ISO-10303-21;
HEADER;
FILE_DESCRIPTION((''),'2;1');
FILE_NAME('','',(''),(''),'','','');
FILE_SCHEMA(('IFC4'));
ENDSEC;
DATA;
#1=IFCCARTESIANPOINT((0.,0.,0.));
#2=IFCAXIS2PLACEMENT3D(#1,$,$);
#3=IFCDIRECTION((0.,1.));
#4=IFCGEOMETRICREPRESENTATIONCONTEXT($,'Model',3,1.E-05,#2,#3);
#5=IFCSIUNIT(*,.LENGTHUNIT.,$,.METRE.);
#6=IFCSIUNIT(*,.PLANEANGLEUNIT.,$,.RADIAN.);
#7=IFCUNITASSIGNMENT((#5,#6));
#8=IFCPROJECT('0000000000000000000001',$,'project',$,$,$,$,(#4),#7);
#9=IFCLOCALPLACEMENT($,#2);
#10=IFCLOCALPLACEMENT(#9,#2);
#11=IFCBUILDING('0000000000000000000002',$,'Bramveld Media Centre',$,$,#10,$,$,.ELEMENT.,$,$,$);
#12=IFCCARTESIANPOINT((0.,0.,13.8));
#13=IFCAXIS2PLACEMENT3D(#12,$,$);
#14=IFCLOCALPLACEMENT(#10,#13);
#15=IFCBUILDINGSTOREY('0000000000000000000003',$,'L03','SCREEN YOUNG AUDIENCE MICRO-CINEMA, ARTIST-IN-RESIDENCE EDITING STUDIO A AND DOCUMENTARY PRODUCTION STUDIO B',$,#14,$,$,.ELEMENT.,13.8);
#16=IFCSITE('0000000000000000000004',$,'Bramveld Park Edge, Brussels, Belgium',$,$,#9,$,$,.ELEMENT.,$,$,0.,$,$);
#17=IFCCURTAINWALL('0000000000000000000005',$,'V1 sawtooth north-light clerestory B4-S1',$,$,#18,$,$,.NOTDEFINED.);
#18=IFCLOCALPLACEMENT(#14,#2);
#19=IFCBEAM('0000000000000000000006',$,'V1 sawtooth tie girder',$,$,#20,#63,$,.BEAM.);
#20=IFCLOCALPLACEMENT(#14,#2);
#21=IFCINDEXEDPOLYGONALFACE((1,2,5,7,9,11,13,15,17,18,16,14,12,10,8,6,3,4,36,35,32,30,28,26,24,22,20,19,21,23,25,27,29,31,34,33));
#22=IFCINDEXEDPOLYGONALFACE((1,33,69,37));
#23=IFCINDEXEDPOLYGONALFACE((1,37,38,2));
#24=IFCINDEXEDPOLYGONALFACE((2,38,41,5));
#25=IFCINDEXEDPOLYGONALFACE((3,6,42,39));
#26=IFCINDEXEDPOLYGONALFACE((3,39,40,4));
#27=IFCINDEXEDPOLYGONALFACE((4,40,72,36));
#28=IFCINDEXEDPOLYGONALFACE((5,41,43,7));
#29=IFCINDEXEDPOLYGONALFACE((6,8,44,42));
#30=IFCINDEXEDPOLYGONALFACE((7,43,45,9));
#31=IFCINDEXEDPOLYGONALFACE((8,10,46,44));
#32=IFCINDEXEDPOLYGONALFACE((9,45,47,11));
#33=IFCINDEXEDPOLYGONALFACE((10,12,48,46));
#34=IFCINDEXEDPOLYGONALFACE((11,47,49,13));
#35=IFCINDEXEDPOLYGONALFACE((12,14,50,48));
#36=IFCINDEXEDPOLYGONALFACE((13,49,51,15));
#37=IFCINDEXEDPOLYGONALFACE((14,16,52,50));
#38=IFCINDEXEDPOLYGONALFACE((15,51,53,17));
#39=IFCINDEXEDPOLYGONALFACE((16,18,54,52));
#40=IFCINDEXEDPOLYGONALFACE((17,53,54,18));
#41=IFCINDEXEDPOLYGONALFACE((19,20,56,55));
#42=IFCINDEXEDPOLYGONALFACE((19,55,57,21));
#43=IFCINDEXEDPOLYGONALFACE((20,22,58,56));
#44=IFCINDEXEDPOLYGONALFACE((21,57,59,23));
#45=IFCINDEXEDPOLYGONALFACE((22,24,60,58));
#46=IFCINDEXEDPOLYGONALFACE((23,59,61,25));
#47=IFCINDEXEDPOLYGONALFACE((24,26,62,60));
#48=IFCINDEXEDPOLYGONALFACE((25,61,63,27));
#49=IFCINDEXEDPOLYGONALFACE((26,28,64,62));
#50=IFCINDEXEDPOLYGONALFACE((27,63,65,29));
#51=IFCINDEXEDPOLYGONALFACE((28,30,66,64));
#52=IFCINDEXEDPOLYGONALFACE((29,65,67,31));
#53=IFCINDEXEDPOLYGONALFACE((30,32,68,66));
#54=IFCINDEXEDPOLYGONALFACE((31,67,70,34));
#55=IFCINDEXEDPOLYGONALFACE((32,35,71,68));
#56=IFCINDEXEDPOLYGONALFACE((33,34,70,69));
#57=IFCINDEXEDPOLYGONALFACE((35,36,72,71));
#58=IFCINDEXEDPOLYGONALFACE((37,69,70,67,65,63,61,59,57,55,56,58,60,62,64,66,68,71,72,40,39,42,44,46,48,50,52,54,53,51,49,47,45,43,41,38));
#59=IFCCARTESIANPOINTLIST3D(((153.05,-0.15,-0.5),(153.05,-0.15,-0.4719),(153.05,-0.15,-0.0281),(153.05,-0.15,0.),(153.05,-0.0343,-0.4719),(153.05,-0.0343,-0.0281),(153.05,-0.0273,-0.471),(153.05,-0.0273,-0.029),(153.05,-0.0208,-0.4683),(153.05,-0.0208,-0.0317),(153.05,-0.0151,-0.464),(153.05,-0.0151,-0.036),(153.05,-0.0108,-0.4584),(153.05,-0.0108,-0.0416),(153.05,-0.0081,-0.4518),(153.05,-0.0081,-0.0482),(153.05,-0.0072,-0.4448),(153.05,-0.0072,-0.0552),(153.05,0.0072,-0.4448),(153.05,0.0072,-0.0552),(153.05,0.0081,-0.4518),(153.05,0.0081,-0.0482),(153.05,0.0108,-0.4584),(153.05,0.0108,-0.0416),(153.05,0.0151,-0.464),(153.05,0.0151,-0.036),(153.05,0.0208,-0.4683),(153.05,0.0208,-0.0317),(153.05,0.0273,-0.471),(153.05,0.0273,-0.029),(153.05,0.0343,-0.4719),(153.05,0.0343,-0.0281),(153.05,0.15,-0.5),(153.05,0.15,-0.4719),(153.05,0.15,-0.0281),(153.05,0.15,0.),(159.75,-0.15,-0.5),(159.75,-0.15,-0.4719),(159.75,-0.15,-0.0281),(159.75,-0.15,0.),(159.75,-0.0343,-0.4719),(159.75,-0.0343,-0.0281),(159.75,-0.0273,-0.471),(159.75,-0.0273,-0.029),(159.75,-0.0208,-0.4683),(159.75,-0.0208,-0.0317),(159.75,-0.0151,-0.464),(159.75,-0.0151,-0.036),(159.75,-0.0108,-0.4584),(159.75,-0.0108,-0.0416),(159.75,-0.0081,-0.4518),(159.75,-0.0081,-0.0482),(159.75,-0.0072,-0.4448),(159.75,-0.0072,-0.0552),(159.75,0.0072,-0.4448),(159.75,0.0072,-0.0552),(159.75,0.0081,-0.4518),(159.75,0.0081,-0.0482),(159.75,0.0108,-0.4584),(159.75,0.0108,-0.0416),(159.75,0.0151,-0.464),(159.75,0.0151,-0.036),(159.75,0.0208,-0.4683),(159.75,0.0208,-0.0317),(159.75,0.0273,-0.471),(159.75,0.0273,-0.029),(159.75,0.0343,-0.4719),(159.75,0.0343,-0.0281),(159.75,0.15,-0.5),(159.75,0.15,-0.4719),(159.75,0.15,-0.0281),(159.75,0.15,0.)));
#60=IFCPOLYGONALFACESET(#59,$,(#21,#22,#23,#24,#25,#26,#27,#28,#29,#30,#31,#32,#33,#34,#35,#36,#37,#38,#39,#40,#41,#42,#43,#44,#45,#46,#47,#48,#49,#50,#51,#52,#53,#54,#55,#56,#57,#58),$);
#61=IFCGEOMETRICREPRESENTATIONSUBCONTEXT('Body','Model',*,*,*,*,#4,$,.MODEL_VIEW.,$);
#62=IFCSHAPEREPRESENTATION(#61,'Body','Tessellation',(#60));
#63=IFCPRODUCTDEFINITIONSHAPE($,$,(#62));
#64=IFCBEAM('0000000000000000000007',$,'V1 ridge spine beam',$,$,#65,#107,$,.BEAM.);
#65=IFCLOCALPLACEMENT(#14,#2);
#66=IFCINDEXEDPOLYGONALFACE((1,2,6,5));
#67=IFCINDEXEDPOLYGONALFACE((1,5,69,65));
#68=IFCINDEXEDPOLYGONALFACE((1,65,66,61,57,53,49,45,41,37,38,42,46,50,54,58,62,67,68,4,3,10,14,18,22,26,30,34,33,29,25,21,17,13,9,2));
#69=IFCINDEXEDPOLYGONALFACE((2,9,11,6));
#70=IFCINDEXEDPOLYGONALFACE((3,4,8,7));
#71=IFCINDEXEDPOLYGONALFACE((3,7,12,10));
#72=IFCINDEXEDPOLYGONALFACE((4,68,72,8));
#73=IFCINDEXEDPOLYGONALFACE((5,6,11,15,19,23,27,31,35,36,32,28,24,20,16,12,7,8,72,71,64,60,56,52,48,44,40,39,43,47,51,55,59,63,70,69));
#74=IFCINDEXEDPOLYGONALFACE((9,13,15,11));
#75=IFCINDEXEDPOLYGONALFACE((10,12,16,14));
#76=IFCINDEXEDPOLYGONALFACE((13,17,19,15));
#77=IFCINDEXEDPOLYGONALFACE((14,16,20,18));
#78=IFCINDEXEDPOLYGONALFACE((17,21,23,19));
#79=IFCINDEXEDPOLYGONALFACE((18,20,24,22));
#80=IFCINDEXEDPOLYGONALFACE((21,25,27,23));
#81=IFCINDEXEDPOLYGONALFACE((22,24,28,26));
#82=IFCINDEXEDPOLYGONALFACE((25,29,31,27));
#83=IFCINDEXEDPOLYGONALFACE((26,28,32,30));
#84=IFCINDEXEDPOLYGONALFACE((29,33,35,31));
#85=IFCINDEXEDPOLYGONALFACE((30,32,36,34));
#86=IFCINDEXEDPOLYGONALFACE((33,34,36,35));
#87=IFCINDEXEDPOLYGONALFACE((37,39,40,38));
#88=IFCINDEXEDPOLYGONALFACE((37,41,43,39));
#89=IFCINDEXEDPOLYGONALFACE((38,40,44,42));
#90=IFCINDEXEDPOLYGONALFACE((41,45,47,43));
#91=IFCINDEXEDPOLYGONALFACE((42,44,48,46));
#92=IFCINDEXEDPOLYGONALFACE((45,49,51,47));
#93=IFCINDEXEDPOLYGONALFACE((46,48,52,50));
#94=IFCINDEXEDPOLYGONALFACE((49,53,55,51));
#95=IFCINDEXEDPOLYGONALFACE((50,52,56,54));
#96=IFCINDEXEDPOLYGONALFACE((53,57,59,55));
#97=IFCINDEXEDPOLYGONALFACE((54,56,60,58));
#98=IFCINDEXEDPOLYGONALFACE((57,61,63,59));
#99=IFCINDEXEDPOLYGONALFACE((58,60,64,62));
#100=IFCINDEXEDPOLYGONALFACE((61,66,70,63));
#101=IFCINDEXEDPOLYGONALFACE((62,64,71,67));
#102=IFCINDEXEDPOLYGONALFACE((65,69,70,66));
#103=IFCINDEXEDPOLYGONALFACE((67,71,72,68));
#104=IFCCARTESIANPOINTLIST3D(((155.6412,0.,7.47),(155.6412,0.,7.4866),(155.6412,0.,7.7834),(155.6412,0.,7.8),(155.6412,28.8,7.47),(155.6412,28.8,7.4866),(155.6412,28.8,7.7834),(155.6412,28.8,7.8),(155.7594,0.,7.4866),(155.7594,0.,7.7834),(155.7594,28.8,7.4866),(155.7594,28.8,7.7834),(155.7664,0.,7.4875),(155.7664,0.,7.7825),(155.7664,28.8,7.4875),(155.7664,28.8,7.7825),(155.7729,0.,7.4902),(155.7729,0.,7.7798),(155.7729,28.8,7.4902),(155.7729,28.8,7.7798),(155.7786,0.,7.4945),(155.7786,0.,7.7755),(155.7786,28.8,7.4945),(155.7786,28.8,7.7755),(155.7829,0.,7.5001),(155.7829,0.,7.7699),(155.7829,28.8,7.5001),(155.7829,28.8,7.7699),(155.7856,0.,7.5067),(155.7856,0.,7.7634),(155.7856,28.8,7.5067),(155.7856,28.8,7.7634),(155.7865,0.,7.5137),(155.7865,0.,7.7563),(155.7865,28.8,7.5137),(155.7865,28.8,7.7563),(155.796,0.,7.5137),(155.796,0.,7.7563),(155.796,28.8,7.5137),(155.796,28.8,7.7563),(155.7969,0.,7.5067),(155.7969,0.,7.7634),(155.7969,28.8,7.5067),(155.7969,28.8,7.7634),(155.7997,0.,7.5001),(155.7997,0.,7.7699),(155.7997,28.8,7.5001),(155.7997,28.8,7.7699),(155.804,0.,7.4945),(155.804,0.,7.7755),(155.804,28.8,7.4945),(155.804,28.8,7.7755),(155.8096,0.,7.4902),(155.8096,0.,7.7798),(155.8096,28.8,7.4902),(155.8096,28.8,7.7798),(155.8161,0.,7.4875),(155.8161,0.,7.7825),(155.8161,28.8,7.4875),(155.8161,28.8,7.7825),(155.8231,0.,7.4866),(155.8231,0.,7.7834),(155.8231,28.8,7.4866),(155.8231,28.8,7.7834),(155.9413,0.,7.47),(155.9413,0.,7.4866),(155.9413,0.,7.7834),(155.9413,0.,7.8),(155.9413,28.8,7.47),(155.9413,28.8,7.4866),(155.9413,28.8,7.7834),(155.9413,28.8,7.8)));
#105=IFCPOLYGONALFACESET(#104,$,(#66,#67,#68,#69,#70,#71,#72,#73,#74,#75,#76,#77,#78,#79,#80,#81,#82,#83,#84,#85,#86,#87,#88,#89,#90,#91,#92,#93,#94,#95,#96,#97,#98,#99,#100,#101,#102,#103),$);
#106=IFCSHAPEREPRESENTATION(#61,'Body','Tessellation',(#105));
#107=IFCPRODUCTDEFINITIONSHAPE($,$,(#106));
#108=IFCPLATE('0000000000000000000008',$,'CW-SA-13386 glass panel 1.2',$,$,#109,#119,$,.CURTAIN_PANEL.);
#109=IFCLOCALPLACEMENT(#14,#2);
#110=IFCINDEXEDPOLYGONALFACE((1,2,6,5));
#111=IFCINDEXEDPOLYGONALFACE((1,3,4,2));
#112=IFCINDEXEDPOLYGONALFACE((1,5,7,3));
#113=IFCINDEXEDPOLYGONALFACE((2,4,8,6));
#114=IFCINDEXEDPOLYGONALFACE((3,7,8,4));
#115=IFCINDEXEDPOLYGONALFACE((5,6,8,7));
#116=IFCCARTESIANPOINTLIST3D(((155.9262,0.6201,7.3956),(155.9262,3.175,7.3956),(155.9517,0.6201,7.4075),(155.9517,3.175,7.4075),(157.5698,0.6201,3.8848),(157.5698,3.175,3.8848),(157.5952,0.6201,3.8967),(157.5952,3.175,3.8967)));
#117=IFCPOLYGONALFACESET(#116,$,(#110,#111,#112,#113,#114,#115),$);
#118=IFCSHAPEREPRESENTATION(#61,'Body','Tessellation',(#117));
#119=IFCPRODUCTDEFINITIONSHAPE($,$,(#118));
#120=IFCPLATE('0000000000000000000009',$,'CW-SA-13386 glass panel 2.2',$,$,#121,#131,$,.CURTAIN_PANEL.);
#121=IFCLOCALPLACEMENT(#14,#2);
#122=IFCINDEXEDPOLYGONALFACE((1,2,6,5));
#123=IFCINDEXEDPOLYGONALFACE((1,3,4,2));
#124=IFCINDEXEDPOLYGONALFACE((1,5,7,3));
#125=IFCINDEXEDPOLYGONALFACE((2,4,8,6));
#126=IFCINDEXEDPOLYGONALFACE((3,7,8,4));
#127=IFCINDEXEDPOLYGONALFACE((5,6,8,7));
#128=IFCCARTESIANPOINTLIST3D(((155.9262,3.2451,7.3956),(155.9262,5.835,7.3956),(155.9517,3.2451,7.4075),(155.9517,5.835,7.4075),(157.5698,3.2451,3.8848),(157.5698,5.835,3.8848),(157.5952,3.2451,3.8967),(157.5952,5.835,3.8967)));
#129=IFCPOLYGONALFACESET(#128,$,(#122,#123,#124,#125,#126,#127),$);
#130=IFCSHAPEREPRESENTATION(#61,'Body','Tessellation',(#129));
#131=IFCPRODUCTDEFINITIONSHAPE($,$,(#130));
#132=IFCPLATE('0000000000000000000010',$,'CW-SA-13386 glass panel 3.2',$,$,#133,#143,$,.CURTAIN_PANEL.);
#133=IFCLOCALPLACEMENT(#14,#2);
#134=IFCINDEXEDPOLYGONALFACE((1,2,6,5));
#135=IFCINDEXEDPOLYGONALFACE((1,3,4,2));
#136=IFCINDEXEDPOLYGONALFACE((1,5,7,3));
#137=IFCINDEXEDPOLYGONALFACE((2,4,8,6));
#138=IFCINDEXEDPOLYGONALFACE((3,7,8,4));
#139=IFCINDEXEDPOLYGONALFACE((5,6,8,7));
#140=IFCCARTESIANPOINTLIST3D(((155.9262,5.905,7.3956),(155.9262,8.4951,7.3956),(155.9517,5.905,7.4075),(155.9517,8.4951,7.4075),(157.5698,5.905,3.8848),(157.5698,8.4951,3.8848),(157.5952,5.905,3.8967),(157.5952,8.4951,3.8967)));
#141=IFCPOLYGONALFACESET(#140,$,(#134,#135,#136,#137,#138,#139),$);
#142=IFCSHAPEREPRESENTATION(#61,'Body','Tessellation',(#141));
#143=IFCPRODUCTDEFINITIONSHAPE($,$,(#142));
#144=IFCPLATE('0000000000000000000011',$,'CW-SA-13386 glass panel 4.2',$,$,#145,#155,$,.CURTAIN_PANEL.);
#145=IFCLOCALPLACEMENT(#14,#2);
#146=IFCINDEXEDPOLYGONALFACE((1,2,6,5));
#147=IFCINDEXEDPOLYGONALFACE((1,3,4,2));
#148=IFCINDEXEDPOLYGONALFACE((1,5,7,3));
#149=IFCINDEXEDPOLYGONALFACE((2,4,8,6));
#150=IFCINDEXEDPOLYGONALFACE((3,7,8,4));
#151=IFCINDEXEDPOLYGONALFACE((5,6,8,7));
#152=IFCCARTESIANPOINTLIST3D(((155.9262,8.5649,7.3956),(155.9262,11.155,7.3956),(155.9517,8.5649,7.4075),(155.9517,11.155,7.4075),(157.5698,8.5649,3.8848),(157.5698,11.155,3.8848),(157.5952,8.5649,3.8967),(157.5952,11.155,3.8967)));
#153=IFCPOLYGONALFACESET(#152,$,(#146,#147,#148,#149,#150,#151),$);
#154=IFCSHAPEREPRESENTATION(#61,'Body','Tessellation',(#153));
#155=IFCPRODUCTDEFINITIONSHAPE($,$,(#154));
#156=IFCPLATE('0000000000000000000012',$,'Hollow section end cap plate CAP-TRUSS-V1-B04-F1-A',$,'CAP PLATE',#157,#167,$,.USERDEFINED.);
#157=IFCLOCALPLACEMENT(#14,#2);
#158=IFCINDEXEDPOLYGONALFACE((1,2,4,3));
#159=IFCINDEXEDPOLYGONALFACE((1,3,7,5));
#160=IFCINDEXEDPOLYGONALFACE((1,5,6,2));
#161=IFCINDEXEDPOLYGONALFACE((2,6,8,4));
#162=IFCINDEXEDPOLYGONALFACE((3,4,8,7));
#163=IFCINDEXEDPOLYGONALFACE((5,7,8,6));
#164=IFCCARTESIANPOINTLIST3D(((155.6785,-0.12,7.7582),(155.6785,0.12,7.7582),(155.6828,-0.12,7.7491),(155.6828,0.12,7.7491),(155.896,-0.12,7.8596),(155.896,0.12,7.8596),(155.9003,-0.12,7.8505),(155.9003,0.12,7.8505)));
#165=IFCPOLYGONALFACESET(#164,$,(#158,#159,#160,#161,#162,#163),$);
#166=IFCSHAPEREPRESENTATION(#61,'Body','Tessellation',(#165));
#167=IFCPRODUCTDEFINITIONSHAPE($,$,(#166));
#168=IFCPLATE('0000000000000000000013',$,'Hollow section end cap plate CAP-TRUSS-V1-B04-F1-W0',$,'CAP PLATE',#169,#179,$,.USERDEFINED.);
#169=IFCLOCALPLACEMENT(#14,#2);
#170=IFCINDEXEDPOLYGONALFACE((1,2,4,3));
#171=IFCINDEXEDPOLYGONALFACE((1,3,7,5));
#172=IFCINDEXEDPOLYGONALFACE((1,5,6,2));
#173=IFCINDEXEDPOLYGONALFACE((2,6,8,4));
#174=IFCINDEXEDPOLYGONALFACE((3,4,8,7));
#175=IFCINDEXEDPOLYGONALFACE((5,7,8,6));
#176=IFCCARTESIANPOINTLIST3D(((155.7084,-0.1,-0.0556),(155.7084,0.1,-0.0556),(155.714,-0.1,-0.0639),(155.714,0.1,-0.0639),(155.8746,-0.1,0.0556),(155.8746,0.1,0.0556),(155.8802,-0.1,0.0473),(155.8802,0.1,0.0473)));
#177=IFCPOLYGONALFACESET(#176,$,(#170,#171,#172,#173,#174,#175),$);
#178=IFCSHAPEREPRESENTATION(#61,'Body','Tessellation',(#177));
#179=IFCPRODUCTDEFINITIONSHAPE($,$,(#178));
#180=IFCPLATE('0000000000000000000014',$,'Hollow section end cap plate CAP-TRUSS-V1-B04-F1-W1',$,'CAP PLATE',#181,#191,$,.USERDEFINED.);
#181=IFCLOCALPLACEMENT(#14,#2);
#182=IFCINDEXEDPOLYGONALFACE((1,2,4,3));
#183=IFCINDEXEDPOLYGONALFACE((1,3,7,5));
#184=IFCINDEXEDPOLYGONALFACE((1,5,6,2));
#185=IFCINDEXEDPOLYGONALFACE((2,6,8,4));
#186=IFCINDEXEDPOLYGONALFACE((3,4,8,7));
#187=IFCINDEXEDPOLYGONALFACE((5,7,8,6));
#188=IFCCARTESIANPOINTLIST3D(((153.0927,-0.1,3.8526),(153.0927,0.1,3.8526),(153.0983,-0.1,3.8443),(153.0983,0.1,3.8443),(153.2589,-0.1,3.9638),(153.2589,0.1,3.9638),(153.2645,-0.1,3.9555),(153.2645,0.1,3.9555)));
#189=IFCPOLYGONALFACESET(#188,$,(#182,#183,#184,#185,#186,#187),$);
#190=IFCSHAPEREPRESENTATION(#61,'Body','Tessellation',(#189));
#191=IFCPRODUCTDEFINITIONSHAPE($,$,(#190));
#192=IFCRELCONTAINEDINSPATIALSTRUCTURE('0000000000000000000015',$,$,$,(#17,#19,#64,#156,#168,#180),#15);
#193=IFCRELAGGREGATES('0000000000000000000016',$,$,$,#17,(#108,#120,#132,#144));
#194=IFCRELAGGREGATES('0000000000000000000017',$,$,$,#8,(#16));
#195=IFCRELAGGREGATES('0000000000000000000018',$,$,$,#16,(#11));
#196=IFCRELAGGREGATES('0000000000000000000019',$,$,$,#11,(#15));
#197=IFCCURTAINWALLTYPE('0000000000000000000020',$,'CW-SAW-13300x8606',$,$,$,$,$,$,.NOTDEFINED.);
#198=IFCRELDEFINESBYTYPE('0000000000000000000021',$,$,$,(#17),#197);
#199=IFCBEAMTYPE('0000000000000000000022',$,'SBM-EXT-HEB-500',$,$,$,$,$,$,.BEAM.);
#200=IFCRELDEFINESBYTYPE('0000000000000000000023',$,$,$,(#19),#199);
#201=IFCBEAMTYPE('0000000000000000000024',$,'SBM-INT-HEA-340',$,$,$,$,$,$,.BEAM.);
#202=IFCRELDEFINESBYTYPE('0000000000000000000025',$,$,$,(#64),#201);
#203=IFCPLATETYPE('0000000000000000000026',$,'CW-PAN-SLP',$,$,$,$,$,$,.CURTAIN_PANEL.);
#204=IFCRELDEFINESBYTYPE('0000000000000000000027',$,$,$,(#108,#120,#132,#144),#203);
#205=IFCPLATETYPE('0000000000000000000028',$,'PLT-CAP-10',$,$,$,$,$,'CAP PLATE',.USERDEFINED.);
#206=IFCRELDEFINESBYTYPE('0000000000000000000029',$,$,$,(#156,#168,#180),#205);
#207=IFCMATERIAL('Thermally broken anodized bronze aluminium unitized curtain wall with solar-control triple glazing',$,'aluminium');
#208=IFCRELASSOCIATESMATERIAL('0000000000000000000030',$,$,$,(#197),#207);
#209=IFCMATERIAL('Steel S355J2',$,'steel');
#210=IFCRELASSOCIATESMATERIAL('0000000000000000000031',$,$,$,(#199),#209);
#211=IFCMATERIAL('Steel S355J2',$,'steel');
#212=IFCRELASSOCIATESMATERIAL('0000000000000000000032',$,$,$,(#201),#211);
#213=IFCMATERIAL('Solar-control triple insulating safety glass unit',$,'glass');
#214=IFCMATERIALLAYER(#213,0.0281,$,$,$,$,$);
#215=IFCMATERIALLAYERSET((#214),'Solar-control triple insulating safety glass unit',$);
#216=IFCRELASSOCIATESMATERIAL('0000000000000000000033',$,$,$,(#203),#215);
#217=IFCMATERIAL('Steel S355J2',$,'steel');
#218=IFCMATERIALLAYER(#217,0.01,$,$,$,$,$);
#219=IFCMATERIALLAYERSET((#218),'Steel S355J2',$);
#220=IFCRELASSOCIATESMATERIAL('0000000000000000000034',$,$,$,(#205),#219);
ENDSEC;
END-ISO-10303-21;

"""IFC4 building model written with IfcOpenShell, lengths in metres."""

from ifc_helpers import new_model, si_unit, direction, frame, origin, origin_2d, place, context, subcontext, project, spatial, polyline, rectangle, i_section, outline, extrude, material, layer, layer_set, material_profile, profile_set, type_object, element, aggregate, save


model = new_model("IFC4")

# Units and contexts
model_context = context("Model", 3, precision=1e-05, world=origin(), true_north=direction((0.0, 1.0)))
body_context = subcontext(model_context, "Body", "Model", "MODEL_VIEW")
ifc_project = project(units=[si_unit("LENGTHUNIT", "METRE"), si_unit("PLANEANGLEUNIT", "RADIAN")], contexts=[model_context])

# Site, building, storey
site_placement = place(None, origin())
site = spatial("IfcSite", under=ifc_project, at=site_placement, Name="Bramveld Park Edge, Brussels, Belgium", CompositionType="ELEMENT", RefElevation=0.0)
building_placement = place(site_placement, origin())
building = spatial("IfcBuilding", under=site, at=building_placement, Name="Bramveld Media Centre", CompositionType="ELEMENT")
storey_placement = place(building_placement, frame((0.0, 0.0, 13.8)))
storey = spatial("IfcBuildingStorey", under=building, at=storey_placement, Name="L03", Description="SCREEN YOUNG AUDIENCE MICRO-CINEMA, ARTIST-IN-RESIDENCE EDITING STUDIO A AND DOCUMENTARY PRODUCTION STUDIO B", CompositionType="ELEMENT", Elevation=13.8)

# Curtain wall
ifc_material_1 = material(Name="Thermally broken anodized bronze aluminium unitized curtain wall with solar-control triple glazing", Category="aluminium")
curtain_wall_type = type_object("IfcCurtainWallType", Name="CW-SAW-13300x8606", PredefinedType="NOTDEFINED", material=ifc_material_1)
curtain_wall_1_placement = place(storey_placement, origin())
curtain_wall_1 = element("IfcCurtainWall", 1, at=curtain_wall_1_placement, inside=storey, type_object=curtain_wall_type, Name="V1 sawtooth north-light clerestory B4-S1", PredefinedType="NOTDEFINED")

# Beams
ifc_material_2 = material(Name="Steel S355J2", Category="steel")
ifc_material_profile_1 = material_profile(ifc_material_2, i_section(OverallWidth=0.3, OverallDepth=0.5, WebThickness=0.0144, FlangeThickness=0.0281, FilletRadius=0.0271, at=origin_2d()), Name="HEB 500")
ifc_profile_set_1 = profile_set([ifc_material_profile_1], Name="Steel S355J2")
beam_type_1 = type_object("IfcBeamType", Name="SBM-EXT-HEB-500", PredefinedType="BEAM", material=ifc_profile_set_1)
beam_1_placement = place(storey_placement, frame((153.05, 0.0, -0.25), z_axis=(1.0, 0.0, 0.0), x_axis=(0.0, 1.0, 0.0)))
element("IfcBeam", 2, at=beam_1_placement, inside=storey, type_object=beam_type_1, Name="V1 sawtooth tie girder", PredefinedType="BEAM", context=body_context, shape_type="SweptSolid", body=[
    extrude(i_section(OverallWidth=0.3, OverallDepth=0.5, WebThickness=0.0144, FlangeThickness=0.0281, FilletRadius=0.0271, at=origin_2d()), origin(), (0.0, 0.0, 1.0), 6.7),
])
ifc_material_3 = material(Name="Steel S355J2", Category="steel")
ifc_material_profile_2 = material_profile(ifc_material_3, i_section(OverallWidth=0.3, OverallDepth=0.3301, WebThickness=0.0095, FlangeThickness=0.0166, FilletRadius=0.0271, at=origin_2d()), Name="HEA 340")
ifc_profile_set_2 = profile_set([ifc_material_profile_2], Name="Steel S355J2")
beam_type_2 = type_object("IfcBeamType", Name="SBM-INT-HEA-340", PredefinedType="BEAM", material=ifc_profile_set_2)
beam_2_placement = place(storey_placement, frame((155.7913, 0.0, 7.635), z_axis=(0.0, 1.0, 0.0), x_axis=(-1.0, 0.0, 0.0)))
element("IfcBeam", 3, at=beam_2_placement, inside=storey, type_object=beam_type_2, Name="V1 ridge spine beam", PredefinedType="BEAM", context=body_context, shape_type="SweptSolid", body=[
    extrude(i_section(OverallWidth=0.3, OverallDepth=0.3301, WebThickness=0.0095, FlangeThickness=0.0166, FilletRadius=0.0271, at=origin_2d()), origin(), (0.0, 0.0, 1.0), 28.8),
])

# Plates
ifc_material_4 = material(Name="Solar-control triple insulating safety glass unit", Category="glass")
ifc_layer_1 = layer(ifc_material_4, 0.0281)
ifc_layer_set_1 = layer_set([ifc_layer_1], Name="Solar-control triple insulating safety glass unit")
plate_type_1 = type_object("IfcPlateType", Name="CW-PAN-SLP", PredefinedType="CURTAIN_PANEL", material=ifc_layer_set_1)
plate_1_placement = place(storey_placement, frame((157.5952, 0.6201, 3.8967), z_axis=(0.905668, 0.0, 0.423988), x_axis=(0.0, 1.0, 0.0)))
plate_1 = element("IfcPlate", 4, at=plate_1_placement, type_object=plate_type_1, Name="CW-SA-13386 glass panel 1.2", PredefinedType="CURTAIN_PANEL", context=body_context, shape_type="SweptSolid", body=[
    extrude(outline(polyline([(0.0, 0.0), (2.5549, 0.0), (2.5549, 3.8764), (0.0, 3.8764), (0.0, 0.0)])), origin(), (0.0, 0.0, -1.0), 0.0281),
])
plate_2_placement = place(storey_placement, frame((157.5952, 3.2451, 3.8967), z_axis=(0.905668, 0.0, 0.423988), x_axis=(0.0, 1.0, 0.0)))
plate_2 = element("IfcPlate", 5, at=plate_2_placement, type_object=plate_type_1, Name="CW-SA-13386 glass panel 2.2", PredefinedType="CURTAIN_PANEL", context=body_context, shape_type="SweptSolid", body=[
    extrude(outline(polyline([(0.0, 0.0), (2.5898, 0.0), (2.5898, 3.8764), (0.0, 3.8764), (0.0, 0.0)])), origin(), (0.0, 0.0, -1.0), 0.0281),
])
plate_3_placement = place(storey_placement, frame((157.5952, 5.905, 3.8967), z_axis=(0.905668, 0.0, 0.423988), x_axis=(0.0, 1.0, 0.0)))
plate_3 = element("IfcPlate", 6, at=plate_3_placement, type_object=plate_type_1, Name="CW-SA-13386 glass panel 3.2", PredefinedType="CURTAIN_PANEL", context=body_context, shape_type="SweptSolid", body=[
    extrude(outline(polyline([(0.0, 0.0), (2.5901, 0.0), (2.5901, 3.8764), (0.0, 3.8764), (0.0, 0.0)])), origin(), (0.0, 0.0, -1.0), 0.0281),
])
plate_4_placement = place(storey_placement, frame((157.5952, 8.5649, 3.8967), z_axis=(0.905668, 0.0, 0.423988), x_axis=(0.0, 1.0, 0.0)))
plate_4 = element("IfcPlate", 7, at=plate_4_placement, type_object=plate_type_1, Name="CW-SA-13386 glass panel 4.2", PredefinedType="CURTAIN_PANEL", context=body_context, shape_type="SweptSolid", body=[
    extrude(outline(polyline([(0.0, 0.0), (2.5901, 0.0), (2.5901, 3.8764), (0.0, 3.8764), (0.0, 0.0)])), origin(), (0.0, 0.0, -1.0), 0.0281),
])
aggregate(curtain_wall_1, [plate_1, plate_2, plate_3, plate_4])

# Plates
ifc_material_5 = material(Name="Steel S355J2", Category="steel")
ifc_layer_2 = layer(ifc_material_5, 0.01)
ifc_layer_set_2 = layer_set([ifc_layer_2], Name="Steel S355J2")
plate_type_2 = type_object("IfcPlateType", Name="PLT-CAP-10", ElementType="CAP PLATE", PredefinedType="USERDEFINED", material=ifc_layer_set_2)
plate_5_placement = place(storey_placement, frame((155.7915, 0.0, 7.7998), z_axis=(-0.422628, 0.0, 0.906303), x_axis=(0.0, -1.0, 0.0)))
element("IfcPlate", 8, at=plate_5_placement, inside=storey, type_object=plate_type_2, Name="Hollow section end cap plate CAP-TRUSS-V1-B04-F1-A", ObjectType="CAP PLATE", PredefinedType="USERDEFINED", context=body_context, shape_type="SweptSolid", body=[
    extrude(rectangle(XDim=0.24, YDim=0.24, at=origin_2d()), origin(), (0.0, 0.0, 1.0), 0.01),
])
for number, where, z_axis, x_axis, name in (
    (9, (155.7915, 0.0, 0.0), (0.55616, 0.0, -0.831075), (0.0, 1.0, 0.0), "Hollow section end cap plate CAP-TRUSS-V1-B04-F1-W0"),
    (10, (153.1814, 0.0, 3.8999), (-0.55616, 0.0, 0.831075), (0.0, -1.0, 0.0), "Hollow section end cap plate CAP-TRUSS-V1-B04-F1-W1"),
):
    element("IfcPlate", number, at=place(storey_placement, frame(where, z_axis=z_axis, x_axis=x_axis)), inside=storey, type_object=plate_type_2, Name=name, ObjectType="CAP PLATE", PredefinedType="USERDEFINED", context=body_context, shape_type="SweptSolid", body=[
        extrude(rectangle(XDim=0.2, YDim=0.2, at=origin_2d()), origin(), (0.0, 0.0, 1.0), 0.01),
    ])

save(model, "model.ifc")
